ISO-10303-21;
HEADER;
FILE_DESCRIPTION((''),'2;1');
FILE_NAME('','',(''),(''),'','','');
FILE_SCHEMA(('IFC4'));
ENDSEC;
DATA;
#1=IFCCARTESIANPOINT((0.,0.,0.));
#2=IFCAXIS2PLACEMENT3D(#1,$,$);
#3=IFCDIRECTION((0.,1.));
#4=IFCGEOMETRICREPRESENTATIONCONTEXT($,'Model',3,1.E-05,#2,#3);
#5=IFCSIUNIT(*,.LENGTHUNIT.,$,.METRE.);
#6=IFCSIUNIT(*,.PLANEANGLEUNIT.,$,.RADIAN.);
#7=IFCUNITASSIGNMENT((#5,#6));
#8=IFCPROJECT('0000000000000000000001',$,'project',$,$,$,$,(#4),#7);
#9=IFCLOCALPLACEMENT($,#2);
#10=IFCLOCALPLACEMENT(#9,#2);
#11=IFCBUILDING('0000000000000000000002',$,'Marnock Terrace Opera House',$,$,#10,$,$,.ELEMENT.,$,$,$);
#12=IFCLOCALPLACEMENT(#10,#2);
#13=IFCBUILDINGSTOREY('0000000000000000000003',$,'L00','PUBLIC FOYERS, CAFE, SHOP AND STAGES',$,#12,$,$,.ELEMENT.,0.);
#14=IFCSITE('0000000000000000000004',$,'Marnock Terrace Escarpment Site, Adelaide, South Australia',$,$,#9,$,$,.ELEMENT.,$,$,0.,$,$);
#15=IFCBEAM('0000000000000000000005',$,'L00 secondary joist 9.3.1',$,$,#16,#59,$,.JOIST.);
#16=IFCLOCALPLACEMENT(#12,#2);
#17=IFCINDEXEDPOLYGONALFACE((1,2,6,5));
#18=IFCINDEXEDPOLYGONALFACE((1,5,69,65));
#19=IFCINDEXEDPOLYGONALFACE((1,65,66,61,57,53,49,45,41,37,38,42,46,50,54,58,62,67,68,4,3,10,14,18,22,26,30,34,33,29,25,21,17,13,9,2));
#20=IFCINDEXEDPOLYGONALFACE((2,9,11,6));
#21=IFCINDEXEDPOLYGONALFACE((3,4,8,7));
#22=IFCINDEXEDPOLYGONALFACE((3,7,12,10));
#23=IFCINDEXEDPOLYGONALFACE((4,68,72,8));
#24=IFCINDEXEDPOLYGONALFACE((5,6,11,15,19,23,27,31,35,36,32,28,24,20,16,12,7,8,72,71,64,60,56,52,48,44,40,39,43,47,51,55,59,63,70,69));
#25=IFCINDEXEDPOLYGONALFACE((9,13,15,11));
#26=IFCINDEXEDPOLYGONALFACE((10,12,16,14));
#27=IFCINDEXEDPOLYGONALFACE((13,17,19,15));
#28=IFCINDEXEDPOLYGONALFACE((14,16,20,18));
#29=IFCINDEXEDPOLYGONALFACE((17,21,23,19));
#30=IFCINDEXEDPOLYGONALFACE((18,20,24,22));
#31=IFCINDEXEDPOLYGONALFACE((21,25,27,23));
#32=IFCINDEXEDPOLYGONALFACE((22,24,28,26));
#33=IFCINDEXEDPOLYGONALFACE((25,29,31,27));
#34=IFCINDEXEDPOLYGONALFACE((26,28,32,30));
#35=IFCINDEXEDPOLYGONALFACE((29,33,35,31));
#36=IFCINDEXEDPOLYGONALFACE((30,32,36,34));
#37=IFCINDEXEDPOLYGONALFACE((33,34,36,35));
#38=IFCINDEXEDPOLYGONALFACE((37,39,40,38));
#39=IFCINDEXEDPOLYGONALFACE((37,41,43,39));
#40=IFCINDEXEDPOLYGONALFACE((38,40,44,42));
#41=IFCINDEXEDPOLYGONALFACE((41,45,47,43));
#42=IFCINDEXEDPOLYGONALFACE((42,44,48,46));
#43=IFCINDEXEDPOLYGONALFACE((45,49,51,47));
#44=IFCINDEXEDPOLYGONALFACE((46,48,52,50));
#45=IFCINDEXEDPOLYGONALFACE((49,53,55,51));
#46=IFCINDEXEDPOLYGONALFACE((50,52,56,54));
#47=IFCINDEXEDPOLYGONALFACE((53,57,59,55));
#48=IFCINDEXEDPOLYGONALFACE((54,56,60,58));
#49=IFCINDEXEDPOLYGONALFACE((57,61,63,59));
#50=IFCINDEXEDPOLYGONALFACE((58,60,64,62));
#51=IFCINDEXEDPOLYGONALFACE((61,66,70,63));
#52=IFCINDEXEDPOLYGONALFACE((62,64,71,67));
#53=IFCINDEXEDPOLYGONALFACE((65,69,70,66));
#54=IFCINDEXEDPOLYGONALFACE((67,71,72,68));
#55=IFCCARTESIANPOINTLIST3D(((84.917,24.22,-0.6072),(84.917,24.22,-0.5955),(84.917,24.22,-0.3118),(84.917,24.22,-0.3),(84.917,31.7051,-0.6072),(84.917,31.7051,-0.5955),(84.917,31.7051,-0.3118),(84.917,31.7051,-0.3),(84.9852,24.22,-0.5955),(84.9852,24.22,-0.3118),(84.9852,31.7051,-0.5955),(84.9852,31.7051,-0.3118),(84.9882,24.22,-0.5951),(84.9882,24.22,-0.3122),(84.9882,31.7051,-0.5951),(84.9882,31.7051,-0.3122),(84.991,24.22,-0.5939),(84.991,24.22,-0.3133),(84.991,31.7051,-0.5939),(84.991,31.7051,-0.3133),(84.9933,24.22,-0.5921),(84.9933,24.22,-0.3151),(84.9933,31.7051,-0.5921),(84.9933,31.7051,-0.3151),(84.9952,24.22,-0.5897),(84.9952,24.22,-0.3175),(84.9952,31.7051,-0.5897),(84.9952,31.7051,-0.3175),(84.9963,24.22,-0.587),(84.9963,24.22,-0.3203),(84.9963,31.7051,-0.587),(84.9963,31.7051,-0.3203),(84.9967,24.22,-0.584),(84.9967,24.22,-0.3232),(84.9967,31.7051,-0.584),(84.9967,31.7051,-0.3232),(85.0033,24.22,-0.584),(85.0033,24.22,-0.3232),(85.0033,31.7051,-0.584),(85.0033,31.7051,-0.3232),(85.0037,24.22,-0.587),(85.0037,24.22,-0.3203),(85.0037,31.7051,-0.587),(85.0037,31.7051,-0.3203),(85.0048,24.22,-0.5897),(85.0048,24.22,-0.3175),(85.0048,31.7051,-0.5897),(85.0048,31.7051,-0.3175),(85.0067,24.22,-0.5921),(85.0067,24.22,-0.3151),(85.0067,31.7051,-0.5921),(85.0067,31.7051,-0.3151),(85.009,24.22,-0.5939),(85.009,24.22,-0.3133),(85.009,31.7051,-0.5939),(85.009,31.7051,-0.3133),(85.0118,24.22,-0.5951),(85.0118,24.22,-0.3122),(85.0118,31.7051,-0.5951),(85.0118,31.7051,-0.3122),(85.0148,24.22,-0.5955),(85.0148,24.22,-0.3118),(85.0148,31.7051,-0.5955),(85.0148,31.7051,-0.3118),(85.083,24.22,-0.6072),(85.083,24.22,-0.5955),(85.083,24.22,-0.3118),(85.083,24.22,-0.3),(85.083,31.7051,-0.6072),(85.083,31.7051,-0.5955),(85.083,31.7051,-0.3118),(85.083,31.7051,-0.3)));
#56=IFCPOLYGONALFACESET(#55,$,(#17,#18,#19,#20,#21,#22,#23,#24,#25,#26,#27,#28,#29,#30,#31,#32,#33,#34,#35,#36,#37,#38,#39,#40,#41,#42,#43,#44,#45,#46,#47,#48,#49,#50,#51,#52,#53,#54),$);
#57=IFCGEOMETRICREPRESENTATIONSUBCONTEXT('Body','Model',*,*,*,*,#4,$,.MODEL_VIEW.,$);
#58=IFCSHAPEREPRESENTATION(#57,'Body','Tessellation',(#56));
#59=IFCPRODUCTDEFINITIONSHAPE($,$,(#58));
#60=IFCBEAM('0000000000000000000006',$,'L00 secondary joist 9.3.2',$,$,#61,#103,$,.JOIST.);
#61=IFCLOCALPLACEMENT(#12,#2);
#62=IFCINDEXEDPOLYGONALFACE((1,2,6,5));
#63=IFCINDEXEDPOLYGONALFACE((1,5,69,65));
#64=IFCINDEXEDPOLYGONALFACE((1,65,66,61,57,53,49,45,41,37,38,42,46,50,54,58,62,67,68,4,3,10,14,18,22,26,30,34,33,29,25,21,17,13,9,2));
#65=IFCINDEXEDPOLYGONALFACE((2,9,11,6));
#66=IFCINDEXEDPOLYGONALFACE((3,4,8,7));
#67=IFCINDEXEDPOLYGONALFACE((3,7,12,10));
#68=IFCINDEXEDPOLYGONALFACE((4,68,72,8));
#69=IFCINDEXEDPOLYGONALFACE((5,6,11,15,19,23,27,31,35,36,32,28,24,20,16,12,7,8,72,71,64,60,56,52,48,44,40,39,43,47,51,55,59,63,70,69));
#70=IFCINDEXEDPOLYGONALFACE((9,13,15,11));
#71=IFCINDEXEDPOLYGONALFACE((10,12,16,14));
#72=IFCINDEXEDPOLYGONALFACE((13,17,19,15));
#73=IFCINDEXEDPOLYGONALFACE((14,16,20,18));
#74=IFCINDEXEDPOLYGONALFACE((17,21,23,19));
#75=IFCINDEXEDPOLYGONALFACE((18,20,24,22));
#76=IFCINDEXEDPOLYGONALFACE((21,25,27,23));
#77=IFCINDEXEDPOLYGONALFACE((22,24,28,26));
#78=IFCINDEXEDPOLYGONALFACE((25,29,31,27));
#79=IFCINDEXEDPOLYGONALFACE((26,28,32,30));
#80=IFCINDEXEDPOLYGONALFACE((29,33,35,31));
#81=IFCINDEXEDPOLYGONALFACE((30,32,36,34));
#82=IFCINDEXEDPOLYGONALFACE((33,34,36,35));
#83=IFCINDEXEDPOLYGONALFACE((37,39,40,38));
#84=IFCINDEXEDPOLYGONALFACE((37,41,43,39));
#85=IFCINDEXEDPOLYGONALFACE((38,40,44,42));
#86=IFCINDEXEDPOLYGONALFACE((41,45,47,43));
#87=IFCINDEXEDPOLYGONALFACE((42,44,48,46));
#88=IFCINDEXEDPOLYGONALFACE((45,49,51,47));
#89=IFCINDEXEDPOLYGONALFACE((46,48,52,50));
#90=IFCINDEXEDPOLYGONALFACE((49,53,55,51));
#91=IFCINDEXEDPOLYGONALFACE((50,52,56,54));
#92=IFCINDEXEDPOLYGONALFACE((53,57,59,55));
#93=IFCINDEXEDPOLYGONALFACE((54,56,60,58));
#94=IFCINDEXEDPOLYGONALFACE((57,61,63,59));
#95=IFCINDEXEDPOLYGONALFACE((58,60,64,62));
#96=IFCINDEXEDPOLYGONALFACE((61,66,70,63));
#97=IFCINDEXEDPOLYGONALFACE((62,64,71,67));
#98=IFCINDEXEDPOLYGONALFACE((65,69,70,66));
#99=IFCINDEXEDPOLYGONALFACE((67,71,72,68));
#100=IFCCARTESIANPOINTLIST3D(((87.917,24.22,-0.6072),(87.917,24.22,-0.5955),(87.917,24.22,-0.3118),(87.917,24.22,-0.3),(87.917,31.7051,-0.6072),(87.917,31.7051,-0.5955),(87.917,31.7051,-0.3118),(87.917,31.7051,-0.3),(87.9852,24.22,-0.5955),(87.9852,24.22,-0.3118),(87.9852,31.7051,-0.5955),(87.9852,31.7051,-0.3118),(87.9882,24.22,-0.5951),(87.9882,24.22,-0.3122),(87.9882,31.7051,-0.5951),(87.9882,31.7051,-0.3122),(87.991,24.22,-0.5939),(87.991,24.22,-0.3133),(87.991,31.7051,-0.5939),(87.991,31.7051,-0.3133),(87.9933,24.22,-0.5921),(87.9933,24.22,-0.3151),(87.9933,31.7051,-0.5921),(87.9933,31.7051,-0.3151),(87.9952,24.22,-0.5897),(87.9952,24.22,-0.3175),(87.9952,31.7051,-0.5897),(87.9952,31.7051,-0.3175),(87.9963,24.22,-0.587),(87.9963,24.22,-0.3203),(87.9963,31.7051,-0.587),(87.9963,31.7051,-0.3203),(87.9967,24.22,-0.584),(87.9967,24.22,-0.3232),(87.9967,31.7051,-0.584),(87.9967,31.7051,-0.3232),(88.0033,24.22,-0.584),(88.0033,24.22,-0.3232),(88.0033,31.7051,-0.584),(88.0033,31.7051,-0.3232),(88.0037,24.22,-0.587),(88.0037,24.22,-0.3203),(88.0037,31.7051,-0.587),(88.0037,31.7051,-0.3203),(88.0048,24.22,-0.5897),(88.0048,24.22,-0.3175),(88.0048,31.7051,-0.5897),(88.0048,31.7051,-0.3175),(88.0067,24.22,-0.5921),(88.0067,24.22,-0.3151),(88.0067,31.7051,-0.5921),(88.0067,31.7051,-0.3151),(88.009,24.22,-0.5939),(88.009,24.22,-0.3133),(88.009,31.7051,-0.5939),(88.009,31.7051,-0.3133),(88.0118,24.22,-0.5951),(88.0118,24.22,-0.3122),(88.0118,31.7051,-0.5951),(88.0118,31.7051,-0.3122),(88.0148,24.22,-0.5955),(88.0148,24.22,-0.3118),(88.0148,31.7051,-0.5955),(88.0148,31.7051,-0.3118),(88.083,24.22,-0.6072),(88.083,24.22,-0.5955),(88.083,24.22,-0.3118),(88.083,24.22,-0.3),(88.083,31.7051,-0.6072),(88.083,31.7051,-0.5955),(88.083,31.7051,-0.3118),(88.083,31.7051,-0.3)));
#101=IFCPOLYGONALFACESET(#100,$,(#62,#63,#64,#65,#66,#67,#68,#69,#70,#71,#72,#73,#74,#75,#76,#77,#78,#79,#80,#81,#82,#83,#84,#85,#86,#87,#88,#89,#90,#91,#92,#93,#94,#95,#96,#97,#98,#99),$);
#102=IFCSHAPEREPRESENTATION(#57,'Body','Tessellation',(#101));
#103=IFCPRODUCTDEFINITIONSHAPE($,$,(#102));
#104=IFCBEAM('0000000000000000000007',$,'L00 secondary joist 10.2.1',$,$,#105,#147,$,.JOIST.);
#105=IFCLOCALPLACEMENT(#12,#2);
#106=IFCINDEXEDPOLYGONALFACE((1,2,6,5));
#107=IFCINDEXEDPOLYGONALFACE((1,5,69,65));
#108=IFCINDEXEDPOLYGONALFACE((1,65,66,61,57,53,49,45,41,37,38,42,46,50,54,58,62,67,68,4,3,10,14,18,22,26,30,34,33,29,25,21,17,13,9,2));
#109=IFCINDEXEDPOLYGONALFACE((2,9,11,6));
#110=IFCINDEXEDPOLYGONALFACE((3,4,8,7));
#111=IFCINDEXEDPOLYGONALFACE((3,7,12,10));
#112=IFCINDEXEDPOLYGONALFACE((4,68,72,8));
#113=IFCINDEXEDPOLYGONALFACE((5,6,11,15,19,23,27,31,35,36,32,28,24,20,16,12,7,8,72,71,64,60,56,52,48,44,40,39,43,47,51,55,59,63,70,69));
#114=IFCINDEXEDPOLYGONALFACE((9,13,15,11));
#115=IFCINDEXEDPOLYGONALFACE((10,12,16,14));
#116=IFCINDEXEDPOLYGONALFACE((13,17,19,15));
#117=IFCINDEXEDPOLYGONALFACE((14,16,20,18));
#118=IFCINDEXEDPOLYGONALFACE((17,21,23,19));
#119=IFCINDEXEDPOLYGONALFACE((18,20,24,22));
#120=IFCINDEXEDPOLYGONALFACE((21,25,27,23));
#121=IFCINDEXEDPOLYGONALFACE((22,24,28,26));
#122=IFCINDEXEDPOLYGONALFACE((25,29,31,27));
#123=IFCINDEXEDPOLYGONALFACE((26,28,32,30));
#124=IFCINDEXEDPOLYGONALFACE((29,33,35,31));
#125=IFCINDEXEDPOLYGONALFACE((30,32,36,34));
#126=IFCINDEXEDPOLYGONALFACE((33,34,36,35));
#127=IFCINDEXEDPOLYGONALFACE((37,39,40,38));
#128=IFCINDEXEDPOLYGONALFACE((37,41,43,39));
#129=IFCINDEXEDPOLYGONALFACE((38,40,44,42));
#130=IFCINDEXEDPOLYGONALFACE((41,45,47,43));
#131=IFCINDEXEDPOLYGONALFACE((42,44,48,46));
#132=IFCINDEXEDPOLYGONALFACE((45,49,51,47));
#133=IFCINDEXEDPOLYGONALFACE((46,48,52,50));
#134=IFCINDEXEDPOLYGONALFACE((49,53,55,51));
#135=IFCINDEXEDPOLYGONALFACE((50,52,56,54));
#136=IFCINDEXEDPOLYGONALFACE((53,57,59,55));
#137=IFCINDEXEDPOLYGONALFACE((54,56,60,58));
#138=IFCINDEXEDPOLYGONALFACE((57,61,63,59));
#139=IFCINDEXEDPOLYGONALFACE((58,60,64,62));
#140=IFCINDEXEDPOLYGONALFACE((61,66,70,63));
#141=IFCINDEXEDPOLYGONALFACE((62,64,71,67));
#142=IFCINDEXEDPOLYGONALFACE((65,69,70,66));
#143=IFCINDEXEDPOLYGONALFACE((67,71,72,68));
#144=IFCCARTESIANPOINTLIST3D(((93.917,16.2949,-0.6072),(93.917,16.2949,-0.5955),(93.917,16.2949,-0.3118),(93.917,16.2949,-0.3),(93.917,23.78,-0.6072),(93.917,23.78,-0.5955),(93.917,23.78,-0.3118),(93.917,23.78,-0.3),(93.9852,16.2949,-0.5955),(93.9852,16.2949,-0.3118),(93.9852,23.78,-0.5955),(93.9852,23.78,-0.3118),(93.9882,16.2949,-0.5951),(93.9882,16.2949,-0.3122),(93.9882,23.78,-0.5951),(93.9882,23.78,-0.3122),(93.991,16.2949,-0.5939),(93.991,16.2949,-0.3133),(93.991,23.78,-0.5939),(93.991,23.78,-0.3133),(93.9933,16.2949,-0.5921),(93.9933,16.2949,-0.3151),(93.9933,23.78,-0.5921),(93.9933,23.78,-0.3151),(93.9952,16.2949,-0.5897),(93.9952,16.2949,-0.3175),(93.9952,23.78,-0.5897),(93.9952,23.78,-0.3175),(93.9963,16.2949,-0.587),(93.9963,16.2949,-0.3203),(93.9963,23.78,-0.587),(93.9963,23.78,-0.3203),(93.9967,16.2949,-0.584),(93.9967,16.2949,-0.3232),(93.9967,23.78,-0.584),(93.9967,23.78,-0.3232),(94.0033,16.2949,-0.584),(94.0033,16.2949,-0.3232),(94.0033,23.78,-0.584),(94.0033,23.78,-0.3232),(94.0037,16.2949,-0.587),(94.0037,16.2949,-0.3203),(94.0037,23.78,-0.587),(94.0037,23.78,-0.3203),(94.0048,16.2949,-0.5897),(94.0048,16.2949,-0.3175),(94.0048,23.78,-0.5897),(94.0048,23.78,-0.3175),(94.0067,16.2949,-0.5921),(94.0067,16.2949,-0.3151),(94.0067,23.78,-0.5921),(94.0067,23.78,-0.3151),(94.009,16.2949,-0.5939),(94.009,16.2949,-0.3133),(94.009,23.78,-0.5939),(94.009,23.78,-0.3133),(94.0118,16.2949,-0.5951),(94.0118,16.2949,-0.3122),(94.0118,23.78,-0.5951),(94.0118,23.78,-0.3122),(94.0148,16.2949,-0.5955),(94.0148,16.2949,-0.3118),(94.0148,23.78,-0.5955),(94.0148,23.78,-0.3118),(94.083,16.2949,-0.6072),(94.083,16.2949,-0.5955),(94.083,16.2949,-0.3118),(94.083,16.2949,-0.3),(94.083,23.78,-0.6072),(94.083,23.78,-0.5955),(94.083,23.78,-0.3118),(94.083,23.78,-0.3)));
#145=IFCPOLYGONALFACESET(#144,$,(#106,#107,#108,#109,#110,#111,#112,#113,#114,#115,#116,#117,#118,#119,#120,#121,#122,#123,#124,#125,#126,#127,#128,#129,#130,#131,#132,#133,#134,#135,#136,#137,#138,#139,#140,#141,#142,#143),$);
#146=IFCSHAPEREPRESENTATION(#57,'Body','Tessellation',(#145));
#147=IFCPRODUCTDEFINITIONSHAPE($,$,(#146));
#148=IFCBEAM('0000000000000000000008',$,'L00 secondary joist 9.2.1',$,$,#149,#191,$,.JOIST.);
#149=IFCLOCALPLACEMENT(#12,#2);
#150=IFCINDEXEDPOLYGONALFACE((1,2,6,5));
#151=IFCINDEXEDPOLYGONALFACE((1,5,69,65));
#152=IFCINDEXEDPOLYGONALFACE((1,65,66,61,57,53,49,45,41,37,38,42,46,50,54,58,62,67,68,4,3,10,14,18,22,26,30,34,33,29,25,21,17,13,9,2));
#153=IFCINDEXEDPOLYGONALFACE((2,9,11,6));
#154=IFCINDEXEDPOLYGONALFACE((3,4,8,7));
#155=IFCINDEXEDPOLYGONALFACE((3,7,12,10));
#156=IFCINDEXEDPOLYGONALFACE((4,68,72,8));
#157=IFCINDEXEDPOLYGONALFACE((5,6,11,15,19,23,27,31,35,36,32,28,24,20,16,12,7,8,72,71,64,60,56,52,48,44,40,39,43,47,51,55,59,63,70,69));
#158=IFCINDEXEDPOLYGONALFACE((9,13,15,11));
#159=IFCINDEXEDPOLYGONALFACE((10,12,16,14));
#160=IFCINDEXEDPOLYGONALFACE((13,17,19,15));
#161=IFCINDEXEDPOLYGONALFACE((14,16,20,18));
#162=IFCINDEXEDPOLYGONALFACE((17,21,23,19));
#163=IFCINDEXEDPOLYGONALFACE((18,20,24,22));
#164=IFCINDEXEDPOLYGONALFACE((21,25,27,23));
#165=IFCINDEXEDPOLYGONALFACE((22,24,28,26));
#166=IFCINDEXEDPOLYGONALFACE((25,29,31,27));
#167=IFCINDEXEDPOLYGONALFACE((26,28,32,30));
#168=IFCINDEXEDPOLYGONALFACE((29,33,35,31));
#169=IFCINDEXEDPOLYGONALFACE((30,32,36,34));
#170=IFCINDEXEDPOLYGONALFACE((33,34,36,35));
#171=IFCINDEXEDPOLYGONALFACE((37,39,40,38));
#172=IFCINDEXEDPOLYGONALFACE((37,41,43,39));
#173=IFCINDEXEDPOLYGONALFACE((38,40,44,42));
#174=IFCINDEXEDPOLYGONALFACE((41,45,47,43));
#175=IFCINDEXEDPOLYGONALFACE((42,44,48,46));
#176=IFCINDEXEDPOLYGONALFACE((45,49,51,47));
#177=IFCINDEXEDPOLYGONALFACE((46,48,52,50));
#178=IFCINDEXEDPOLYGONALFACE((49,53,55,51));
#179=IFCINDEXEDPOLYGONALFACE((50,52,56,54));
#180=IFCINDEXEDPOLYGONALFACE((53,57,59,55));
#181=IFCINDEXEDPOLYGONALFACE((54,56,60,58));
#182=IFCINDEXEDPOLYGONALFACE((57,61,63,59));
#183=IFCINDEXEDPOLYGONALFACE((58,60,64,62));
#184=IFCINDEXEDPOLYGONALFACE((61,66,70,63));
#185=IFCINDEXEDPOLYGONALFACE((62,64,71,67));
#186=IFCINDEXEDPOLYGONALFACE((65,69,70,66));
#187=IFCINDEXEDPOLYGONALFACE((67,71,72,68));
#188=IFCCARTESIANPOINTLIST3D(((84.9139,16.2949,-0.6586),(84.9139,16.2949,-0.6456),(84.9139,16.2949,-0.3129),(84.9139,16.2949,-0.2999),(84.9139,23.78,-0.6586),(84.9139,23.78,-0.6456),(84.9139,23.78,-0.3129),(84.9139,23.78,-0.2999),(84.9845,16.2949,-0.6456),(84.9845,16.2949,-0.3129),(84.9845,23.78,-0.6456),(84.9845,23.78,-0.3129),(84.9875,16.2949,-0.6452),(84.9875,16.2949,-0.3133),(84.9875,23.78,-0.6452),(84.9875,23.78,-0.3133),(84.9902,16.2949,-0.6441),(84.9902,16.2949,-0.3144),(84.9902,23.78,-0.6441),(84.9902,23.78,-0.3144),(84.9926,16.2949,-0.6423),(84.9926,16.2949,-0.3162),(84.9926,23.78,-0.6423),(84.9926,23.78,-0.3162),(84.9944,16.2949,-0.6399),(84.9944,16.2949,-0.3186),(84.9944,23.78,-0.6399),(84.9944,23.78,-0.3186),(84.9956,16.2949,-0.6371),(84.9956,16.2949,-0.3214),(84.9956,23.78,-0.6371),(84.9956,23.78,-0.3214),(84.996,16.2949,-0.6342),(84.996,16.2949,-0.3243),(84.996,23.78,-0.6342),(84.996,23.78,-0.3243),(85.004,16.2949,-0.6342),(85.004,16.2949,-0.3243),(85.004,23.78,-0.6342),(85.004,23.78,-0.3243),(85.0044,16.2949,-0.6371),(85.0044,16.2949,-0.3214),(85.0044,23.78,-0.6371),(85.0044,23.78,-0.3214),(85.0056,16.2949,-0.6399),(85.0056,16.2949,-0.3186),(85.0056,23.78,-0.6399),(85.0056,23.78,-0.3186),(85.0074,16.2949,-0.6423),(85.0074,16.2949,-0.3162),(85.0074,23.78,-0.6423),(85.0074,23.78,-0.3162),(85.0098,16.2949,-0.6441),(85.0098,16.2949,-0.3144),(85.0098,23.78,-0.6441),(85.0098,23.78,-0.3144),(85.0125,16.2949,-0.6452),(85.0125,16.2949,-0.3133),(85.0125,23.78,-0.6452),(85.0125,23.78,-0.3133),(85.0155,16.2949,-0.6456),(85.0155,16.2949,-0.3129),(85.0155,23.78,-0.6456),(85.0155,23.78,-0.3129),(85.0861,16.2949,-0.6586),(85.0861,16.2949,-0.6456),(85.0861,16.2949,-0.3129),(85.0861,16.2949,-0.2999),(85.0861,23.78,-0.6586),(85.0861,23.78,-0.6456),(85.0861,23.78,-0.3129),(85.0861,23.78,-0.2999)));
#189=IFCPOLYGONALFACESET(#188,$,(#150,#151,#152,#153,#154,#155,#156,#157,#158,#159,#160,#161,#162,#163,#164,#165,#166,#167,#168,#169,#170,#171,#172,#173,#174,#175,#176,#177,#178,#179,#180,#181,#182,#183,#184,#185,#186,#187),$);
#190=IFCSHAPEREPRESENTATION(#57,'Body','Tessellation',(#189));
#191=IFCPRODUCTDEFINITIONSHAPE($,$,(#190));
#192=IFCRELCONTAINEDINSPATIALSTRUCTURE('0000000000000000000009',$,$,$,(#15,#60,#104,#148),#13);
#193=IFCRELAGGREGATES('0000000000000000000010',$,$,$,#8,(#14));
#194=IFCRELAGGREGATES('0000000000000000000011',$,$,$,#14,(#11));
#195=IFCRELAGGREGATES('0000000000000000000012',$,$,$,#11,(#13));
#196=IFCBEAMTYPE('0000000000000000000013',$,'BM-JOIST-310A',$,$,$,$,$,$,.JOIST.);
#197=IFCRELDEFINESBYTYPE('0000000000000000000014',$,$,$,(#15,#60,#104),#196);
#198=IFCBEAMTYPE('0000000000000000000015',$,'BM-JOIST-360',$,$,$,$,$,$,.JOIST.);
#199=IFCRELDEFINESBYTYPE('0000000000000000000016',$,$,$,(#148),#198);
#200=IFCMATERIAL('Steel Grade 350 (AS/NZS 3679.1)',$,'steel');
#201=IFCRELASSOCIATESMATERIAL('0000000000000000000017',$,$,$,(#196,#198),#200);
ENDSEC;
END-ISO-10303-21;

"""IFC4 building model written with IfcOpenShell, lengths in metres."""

from ifc_helpers import new_model, si_unit, direction, frame, origin, origin_2d, place, context, subcontext, project, spatial, i_section, extrude, material, material_profile, profile_set, type_object, element, save


model = new_model("IFC4")

# Units and contexts
model_context = context("Model", 3, precision=1e-05, world=origin(), true_north=direction((0.0, 1.0)))
body_context = subcontext(model_context, "Body", "Model", "MODEL_VIEW")
ifc_project = project(units=[si_unit("LENGTHUNIT", "METRE"), si_unit("PLANEANGLEUNIT", "RADIAN")], contexts=[model_context])

# Site, building, storey
site_placement = place(None, origin())
site = spatial("IfcSite", under=ifc_project, at=site_placement, Name="Marnock Terrace Escarpment Site, Adelaide, South Australia", CompositionType="ELEMENT", RefElevation=0.0)
building_placement = place(site_placement, origin())
building = spatial("IfcBuilding", under=site, at=building_placement, Name="Marnock Terrace Opera House", CompositionType="ELEMENT")
storey_placement = place(building_placement, origin())
storey = spatial("IfcBuildingStorey", under=building, at=storey_placement, Name="L00", Description="PUBLIC FOYERS, CAFE, SHOP AND STAGES", CompositionType="ELEMENT", Elevation=0.0)

# Beams
ifc_material_1 = material(Name="Steel Grade 350 (AS/NZS 3679.1)", Category="steel")
ifc_material_profile_1 = material_profile(ifc_material_1, i_section(OverallWidth=0.166, OverallDepth=0.3071, WebThickness=0.0066, FlangeThickness=0.0117, FilletRadius=0.0115, at=origin_2d()))
ifc_profile_set_1 = profile_set([ifc_material_profile_1], Name="Steel Grade 350 (AS/NZS 3679.1)")
beam_type_1 = type_object("IfcBeamType", Name="BM-JOIST-310A", PredefinedType="JOIST", material=ifc_profile_set_1)
for number, where, z_axis, x_axis, name in (
    (1, (85.0, 24.22, -0.4536), (0.0, 1.0, 0.0), (-1.0, 0.0, 0.0), "L00 secondary joist 9.3.1"),
    (2, (88.0, 24.22, -0.4536), (0.0, 1.0, 0.0), (-1.0, 0.0, 0.0), "L00 secondary joist 9.3.2"),
    (3, (94.0, 16.2949, -0.4536), (0.0, 1.0, 0.0), (-1.0, 0.0, 0.0), "L00 secondary joist 10.2.1"),
):
    element("IfcBeam", number, at=place(storey_placement, frame(where, z_axis=z_axis, x_axis=x_axis)), inside=storey, type_object=beam_type_1, Name=name, PredefinedType="JOIST", context=body_context, shape_type="SweptSolid", body=[
        extrude(i_section(OverallWidth=0.166, OverallDepth=0.3071, WebThickness=0.0066, FlangeThickness=0.0117, FilletRadius=0.0115, at=origin_2d()), origin(), (0.0, 0.0, 1.0), 7.4851),
    ])
ifc_material_profile_2 = material_profile(ifc_material_1, i_section(OverallWidth=0.1721, OverallDepth=0.3586, WebThickness=0.0081, FlangeThickness=0.0129, FilletRadius=0.0115, at=origin_2d()))
ifc_profile_set_2 = profile_set([ifc_material_profile_2], Name="Steel Grade 350 (AS/NZS 3679.1)")
beam_type_2 = type_object("IfcBeamType", Name="BM-JOIST-360", PredefinedType="JOIST", material=ifc_profile_set_2)
for number, where, z_axis, x_axis, name in (
    (4, (85.0, 16.2949, -0.4792), (0.0, 1.0, 0.0), (-1.0, 0.0, 0.0), "L00 secondary joist 9.2.1"),
):
    element("IfcBeam", number, at=place(storey_placement, frame(where, z_axis=z_axis, x_axis=x_axis)), inside=storey, type_object=beam_type_2, Name=name, PredefinedType="JOIST", context=body_context, shape_type="SweptSolid", body=[
        extrude(i_section(OverallWidth=0.1721, OverallDepth=0.3586, WebThickness=0.0081, FlangeThickness=0.0129, FilletRadius=0.0115, at=origin_2d()), origin(), (0.0, 0.0, 1.0), 7.4851),
    ])

save(model, "model.ifc")
